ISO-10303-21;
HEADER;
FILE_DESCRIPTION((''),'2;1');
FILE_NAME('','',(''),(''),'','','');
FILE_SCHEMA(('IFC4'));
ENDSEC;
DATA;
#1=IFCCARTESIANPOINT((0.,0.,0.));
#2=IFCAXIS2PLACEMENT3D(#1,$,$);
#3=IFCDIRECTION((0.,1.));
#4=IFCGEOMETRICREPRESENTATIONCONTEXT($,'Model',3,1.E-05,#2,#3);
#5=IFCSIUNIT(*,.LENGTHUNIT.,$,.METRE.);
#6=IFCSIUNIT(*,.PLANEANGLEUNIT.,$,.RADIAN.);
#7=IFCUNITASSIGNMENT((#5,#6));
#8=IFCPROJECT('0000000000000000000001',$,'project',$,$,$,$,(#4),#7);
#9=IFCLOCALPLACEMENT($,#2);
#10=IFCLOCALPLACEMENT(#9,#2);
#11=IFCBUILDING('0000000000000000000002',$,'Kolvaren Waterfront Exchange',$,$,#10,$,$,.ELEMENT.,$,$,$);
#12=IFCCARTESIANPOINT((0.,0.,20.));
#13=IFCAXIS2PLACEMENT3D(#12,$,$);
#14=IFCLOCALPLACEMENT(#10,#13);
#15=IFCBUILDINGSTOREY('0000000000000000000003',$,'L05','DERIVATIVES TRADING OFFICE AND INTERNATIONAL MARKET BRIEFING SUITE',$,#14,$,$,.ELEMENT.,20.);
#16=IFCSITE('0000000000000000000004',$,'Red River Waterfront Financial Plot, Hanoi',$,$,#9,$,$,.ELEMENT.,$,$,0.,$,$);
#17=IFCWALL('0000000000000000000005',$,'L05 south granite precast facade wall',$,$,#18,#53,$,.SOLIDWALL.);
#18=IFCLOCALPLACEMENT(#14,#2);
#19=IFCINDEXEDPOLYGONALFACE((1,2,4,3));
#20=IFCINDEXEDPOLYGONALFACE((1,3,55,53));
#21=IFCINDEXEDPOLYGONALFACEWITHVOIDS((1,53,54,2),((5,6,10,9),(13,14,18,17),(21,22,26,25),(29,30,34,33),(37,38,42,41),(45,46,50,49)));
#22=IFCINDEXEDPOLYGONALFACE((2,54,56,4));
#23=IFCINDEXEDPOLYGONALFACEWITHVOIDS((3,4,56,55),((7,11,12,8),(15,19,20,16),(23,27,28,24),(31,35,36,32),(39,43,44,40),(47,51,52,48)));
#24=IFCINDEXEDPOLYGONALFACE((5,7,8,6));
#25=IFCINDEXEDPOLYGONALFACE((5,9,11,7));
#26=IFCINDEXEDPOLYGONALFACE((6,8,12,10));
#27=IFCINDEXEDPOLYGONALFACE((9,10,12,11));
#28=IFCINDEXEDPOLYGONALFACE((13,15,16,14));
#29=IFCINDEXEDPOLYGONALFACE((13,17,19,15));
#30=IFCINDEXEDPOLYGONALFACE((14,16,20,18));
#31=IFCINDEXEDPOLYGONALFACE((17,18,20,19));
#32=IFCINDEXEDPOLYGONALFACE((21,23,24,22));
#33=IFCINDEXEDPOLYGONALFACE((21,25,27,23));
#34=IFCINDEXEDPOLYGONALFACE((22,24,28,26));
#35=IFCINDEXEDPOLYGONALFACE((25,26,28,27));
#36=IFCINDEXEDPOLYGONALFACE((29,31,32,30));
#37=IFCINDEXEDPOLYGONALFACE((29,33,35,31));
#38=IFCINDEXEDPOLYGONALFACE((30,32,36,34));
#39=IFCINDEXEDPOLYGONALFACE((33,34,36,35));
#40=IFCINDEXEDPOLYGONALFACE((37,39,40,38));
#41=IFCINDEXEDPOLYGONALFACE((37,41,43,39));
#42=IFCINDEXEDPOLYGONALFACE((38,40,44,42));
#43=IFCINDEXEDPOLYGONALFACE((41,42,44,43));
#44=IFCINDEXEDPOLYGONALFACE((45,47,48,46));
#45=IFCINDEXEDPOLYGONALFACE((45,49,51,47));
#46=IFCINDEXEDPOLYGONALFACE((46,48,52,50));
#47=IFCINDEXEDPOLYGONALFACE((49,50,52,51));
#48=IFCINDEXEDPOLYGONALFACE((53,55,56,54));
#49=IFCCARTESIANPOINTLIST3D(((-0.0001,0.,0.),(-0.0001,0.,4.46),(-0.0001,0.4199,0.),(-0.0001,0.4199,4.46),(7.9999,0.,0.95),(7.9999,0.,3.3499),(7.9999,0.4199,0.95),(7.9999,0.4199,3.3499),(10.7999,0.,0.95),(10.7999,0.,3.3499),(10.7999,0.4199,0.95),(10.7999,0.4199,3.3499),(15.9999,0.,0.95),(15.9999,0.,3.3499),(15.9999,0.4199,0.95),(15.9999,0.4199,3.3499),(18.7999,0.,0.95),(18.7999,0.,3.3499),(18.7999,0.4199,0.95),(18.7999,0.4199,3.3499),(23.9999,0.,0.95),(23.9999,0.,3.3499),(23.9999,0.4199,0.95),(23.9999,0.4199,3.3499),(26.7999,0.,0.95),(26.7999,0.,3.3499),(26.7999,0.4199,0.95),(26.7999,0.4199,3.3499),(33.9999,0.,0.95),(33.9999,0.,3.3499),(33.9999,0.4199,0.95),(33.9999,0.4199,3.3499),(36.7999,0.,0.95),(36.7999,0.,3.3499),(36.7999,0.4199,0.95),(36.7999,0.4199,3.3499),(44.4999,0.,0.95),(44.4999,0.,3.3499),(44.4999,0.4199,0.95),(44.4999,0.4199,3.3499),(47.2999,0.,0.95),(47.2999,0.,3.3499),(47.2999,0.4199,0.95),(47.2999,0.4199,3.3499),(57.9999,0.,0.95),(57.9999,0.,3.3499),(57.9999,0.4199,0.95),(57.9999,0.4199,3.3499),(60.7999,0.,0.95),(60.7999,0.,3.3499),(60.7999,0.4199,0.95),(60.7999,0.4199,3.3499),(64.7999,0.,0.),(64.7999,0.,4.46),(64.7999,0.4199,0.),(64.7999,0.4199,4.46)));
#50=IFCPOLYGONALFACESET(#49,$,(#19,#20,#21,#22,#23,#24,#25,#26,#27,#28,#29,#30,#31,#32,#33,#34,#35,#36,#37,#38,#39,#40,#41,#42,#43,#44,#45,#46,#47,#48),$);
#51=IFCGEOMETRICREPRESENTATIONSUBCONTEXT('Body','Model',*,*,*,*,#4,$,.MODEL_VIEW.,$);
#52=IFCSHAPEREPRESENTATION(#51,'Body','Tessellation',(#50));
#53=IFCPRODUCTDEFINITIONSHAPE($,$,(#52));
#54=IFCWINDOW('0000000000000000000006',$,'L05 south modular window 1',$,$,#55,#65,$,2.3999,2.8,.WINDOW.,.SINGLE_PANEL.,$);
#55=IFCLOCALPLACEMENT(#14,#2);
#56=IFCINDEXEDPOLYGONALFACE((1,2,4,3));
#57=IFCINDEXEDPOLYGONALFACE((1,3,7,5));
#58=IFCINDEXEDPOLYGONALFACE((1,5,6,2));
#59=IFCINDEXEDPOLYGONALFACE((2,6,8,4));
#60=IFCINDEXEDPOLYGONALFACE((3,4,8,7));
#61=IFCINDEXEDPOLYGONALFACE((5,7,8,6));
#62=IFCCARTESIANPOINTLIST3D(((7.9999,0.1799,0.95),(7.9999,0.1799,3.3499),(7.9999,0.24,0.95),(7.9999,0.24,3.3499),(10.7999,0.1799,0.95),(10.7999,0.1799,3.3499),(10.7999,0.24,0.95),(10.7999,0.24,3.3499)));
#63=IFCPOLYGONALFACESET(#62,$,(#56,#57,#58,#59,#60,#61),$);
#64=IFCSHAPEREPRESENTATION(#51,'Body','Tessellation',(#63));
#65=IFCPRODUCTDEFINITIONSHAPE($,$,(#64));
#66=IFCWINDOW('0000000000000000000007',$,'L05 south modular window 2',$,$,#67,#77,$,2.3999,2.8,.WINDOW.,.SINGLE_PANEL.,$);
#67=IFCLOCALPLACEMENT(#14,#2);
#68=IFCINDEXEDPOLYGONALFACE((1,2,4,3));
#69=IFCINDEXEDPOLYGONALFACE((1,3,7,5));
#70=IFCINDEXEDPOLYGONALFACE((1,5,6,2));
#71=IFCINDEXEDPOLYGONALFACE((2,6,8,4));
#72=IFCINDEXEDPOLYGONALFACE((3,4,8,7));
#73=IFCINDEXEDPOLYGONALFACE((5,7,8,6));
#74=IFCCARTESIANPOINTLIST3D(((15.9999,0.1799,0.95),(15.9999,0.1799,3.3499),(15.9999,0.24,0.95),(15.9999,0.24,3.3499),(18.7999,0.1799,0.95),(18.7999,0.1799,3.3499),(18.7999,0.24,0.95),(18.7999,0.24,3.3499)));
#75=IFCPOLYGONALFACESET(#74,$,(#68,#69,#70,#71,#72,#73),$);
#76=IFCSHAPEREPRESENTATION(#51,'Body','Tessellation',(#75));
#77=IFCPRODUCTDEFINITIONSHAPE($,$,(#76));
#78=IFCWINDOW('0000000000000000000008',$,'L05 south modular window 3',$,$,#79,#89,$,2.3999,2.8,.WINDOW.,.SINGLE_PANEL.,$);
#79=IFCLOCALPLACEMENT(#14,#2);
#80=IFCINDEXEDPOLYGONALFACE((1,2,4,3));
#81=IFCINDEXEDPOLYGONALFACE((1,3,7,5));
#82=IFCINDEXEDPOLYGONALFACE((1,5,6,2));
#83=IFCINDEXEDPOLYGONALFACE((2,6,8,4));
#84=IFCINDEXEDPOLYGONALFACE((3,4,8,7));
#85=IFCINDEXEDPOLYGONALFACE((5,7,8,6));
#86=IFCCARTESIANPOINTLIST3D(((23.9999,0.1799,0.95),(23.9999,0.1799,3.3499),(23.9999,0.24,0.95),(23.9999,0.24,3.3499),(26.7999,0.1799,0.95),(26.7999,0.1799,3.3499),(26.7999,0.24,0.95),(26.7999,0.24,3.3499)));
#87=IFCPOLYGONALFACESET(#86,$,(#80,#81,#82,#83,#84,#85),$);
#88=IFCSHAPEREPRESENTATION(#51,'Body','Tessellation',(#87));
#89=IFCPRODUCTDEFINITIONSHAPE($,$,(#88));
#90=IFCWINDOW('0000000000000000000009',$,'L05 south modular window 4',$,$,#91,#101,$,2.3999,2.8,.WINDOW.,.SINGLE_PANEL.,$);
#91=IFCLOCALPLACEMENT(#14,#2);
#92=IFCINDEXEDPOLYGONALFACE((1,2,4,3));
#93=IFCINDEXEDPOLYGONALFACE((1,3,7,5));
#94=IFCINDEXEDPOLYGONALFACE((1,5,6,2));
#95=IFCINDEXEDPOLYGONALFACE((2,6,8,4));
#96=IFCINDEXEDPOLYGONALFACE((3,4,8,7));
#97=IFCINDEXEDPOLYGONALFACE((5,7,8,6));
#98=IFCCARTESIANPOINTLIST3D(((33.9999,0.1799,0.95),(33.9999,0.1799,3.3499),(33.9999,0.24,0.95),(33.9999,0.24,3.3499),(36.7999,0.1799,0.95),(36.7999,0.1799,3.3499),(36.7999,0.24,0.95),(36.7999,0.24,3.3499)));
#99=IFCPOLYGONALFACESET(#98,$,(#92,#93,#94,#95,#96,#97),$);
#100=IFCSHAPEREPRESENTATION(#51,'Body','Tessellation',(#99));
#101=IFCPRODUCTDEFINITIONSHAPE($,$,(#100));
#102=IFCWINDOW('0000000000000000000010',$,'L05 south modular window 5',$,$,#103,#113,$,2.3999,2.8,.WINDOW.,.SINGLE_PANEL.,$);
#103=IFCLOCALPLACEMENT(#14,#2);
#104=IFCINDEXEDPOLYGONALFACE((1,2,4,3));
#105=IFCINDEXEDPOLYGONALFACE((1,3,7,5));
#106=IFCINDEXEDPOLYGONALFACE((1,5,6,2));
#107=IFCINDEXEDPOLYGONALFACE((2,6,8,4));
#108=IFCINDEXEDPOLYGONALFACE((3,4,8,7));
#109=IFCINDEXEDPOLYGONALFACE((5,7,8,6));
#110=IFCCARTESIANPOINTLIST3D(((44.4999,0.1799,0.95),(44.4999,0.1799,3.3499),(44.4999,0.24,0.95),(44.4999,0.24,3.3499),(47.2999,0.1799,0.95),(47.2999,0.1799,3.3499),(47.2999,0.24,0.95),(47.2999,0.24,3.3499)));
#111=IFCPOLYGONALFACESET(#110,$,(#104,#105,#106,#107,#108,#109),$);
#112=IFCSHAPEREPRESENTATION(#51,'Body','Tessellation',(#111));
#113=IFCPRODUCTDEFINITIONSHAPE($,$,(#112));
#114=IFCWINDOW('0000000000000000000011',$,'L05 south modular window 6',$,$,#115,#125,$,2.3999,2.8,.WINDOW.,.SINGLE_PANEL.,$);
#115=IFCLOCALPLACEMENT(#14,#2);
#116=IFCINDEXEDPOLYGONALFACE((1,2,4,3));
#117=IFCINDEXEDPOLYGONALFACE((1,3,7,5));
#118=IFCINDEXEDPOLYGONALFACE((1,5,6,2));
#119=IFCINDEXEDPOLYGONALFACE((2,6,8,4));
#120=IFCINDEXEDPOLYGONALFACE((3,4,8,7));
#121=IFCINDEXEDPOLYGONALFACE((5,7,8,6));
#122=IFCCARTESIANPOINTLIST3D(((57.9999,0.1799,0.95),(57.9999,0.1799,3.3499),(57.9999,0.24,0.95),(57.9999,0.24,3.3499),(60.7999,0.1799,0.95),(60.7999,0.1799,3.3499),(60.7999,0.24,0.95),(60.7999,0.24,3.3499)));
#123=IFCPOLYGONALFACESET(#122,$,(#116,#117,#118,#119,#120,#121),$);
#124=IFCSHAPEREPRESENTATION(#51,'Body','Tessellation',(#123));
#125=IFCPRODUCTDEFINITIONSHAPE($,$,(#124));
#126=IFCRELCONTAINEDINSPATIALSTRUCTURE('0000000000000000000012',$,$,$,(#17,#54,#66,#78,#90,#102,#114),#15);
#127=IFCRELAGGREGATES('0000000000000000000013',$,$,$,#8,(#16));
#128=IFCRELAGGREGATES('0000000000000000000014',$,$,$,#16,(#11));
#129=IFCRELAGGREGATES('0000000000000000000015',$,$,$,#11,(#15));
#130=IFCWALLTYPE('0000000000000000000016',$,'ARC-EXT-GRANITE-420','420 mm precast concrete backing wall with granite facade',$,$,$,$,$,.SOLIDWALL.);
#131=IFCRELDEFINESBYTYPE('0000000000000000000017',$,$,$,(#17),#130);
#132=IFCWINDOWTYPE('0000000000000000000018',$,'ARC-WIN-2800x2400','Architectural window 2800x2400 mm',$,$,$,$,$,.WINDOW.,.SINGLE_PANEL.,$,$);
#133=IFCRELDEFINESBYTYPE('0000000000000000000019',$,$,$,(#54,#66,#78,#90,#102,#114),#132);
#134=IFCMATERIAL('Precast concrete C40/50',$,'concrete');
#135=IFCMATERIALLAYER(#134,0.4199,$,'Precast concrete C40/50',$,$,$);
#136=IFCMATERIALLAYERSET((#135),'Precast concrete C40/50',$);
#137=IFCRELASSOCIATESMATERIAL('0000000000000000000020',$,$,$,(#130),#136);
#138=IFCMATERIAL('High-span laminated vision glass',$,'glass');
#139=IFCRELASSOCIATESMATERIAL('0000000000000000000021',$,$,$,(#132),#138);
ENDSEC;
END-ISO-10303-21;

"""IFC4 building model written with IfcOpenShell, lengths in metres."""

from ifc_helpers import new_model, si_unit, direction, frame, frame_2d, origin, place, context, subcontext, project, spatial, rectangle, extrude, material, layer, layer_set, type_object, element, fill, save


model = new_model("IFC4")

# Units and contexts
model_context = context("Model", 3, precision=1e-05, world=origin(), true_north=direction((0.0, 1.0)))
body_context = subcontext(model_context, "Body", "Model", "MODEL_VIEW")
ifc_project = project(units=[si_unit("LENGTHUNIT", "METRE"), si_unit("PLANEANGLEUNIT", "RADIAN")], contexts=[model_context])

# Site, building, storey
site_placement = place(None, origin())
site = spatial("IfcSite", under=ifc_project, at=site_placement, Name="Red River Waterfront Financial Plot, Hanoi", CompositionType="ELEMENT", RefElevation=0.0)
building_placement = place(site_placement, origin())
building = spatial("IfcBuilding", under=site, at=building_placement, Name="Kolvaren Waterfront Exchange", CompositionType="ELEMENT")
storey_placement = place(building_placement, frame((0.0, 0.0, 20.0)))
storey = spatial("IfcBuildingStorey", under=building, at=storey_placement, Name="L05", Description="DERIVATIVES TRADING OFFICE AND INTERNATIONAL MARKET BRIEFING SUITE", CompositionType="ELEMENT", Elevation=20.0)

# Wall, openings, windows
ifc_material_1 = material(Name="Precast concrete C40/50", Category="concrete")
ifc_layer_1 = layer(ifc_material_1, 0.4199, Name="Precast concrete C40/50")
ifc_layer_set_1 = layer_set([ifc_layer_1], Name="Precast concrete C40/50")
wall_type_1 = type_object("IfcWallType", Name="ARC-EXT-GRANITE-420", Description="420 mm precast concrete backing wall with granite facade", PredefinedType="SOLIDWALL", material=ifc_layer_set_1)
wall_1_placement = place(storey_placement, frame((0.0, 0.21, 0.0), z_axis=(0.0, 0.0, 1.0), x_axis=(1.0, 0.0, 0.0)))
wall_1 = element("IfcWall", 1, at=wall_1_placement, inside=storey, type_object=wall_type_1, Name="L05 south granite precast facade wall", PredefinedType="SOLIDWALL", context=body_context, shape_type="SweptSolid", body=[
    extrude(rectangle(XDim=64.8, YDim=0.4199, at=frame_2d((32.3999, 0.0))), origin(), (0.0, 0.0, 1.0), 4.46),
])
opening_1_placement = place(wall_1_placement, frame((8.0, 0.0, 0.95)))
opening_1 = element("IfcOpeningElement", 2, at=opening_1_placement, cuts=wall_1, PredefinedType="OPENING", context=body_context, shape_type="SweptSolid", body=[
    extrude(rectangle(XDim=2.8, YDim=2.3999, at=frame_2d((1.3999, 1.2))), frame((0.0, 0.22, 0.0), z_axis=(0.0, -1.0, 0.0), x_axis=(1.0, 0.0, 0.0)), (0.0, 0.0, 1.0), 0.4399),
])
opening_2_placement = place(wall_1_placement, frame((16.0, 0.0, 0.95)))
opening_2 = element("IfcOpeningElement", 3, at=opening_2_placement, cuts=wall_1, PredefinedType="OPENING", context=body_context, shape_type="SweptSolid", body=[
    extrude(rectangle(XDim=2.8, YDim=2.3999, at=frame_2d((1.3999, 1.2))), frame((0.0, 0.22, 0.0), z_axis=(0.0, -1.0, 0.0), x_axis=(1.0, 0.0, 0.0)), (0.0, 0.0, 1.0), 0.4399),
])
opening_3_placement = place(wall_1_placement, frame((24.0, 0.0, 0.95)))
opening_3 = element("IfcOpeningElement", 4, at=opening_3_placement, cuts=wall_1, PredefinedType="OPENING", context=body_context, shape_type="SweptSolid", body=[
    extrude(rectangle(XDim=2.8, YDim=2.3999, at=frame_2d((1.3999, 1.2))), frame((0.0, 0.22, 0.0), z_axis=(0.0, -1.0, 0.0), x_axis=(1.0, 0.0, 0.0)), (0.0, 0.0, 1.0), 0.4399),
])
opening_4_placement = place(wall_1_placement, frame((34.0, 0.0, 0.95)))
opening_4 = element("IfcOpeningElement", 5, at=opening_4_placement, cuts=wall_1, PredefinedType="OPENING", context=body_context, shape_type="SweptSolid", body=[
    extrude(rectangle(XDim=2.8, YDim=2.3999, at=frame_2d((1.3999, 1.2))), frame((0.0, 0.22, 0.0), z_axis=(0.0, -1.0, 0.0), x_axis=(1.0, 0.0, 0.0)), (0.0, 0.0, 1.0), 0.4399),
])
opening_5_placement = place(wall_1_placement, frame((44.5, 0.0, 0.95)))
opening_5 = element("IfcOpeningElement", 6, at=opening_5_placement, cuts=wall_1, PredefinedType="OPENING", context=body_context, shape_type="SweptSolid", body=[
    extrude(rectangle(XDim=2.8, YDim=2.3999, at=frame_2d((1.3999, 1.2))), frame((0.0, 0.22, 0.0), z_axis=(0.0, -1.0, 0.0), x_axis=(1.0, 0.0, 0.0)), (0.0, 0.0, 1.0), 0.4399),
])
opening_6_placement = place(wall_1_placement, frame((58.0, 0.0, 0.95)))
opening_6 = element("IfcOpeningElement", 7, at=opening_6_placement, cuts=wall_1, PredefinedType="OPENING", context=body_context, shape_type="SweptSolid", body=[
    extrude(rectangle(XDim=2.8, YDim=2.3999, at=frame_2d((1.3999, 1.2))), frame((0.0, 0.22, 0.0), z_axis=(0.0, -1.0, 0.0), x_axis=(1.0, 0.0, 0.0)), (0.0, 0.0, 1.0), 0.4399),
])
ifc_material_2 = material(Name="High-span laminated vision glass", Category="glass")
window_type = type_object("IfcWindowType", Name="ARC-WIN-2800x2400", Description="Architectural window 2800x2400 mm", PartitioningType="SINGLE_PANEL", PredefinedType="WINDOW", material=ifc_material_2)
window_1_placement = place(opening_1_placement, origin())
window_1 = element("IfcWindow", 8, at=window_1_placement, inside=storey, type_object=window_type, Name="L05 south modular window 1", OverallHeight=2.3999, OverallWidth=2.8, PartitioningType="SINGLE_PANEL", PredefinedType="WINDOW", context=body_context, shape_type="SweptSolid", body=[
    extrude(rectangle(XDim=2.8, YDim=2.3999, at=frame_2d((1.3999, 1.2))), frame((0.0, 0.03, 0.0), z_axis=(0.0, -1.0, 0.0), x_axis=(1.0, 0.0, 0.0)), (0.0, 0.0, 1.0), 0.0601),
])
fill(opening_1, window_1)
window_2_placement = place(opening_2_placement, origin())
window_2 = element("IfcWindow", 9, at=window_2_placement, inside=storey, type_object=window_type, Name="L05 south modular window 2", OverallHeight=2.3999, OverallWidth=2.8, PartitioningType="SINGLE_PANEL", PredefinedType="WINDOW", context=body_context, shape_type="SweptSolid", body=[
    extrude(rectangle(XDim=2.8, YDim=2.3999, at=frame_2d((1.3999, 1.2))), frame((0.0, 0.03, 0.0), z_axis=(0.0, -1.0, 0.0), x_axis=(1.0, 0.0, 0.0)), (0.0, 0.0, 1.0), 0.0601),
])
fill(opening_2, window_2)
window_3_placement = place(opening_3_placement, origin())
window_3 = element("IfcWindow", 10, at=window_3_placement, inside=storey, type_object=window_type, Name="L05 south modular window 3", OverallHeight=2.3999, OverallWidth=2.8, PartitioningType="SINGLE_PANEL", PredefinedType="WINDOW", context=body_context, shape_type="SweptSolid", body=[
    extrude(rectangle(XDim=2.8, YDim=2.3999, at=frame_2d((1.3999, 1.2))), frame((0.0, 0.03, 0.0), z_axis=(0.0, -1.0, 0.0), x_axis=(1.0, 0.0, 0.0)), (0.0, 0.0, 1.0), 0.0601),
])
fill(opening_3, window_3)
window_4_placement = place(opening_4_placement, origin())
window_4 = element("IfcWindow", 11, at=window_4_placement, inside=storey, type_object=window_type, Name="L05 south modular window 4", OverallHeight=2.3999, OverallWidth=2.8, PartitioningType="SINGLE_PANEL", PredefinedType="WINDOW", context=body_context, shape_type="SweptSolid", body=[
    extrude(rectangle(XDim=2.8, YDim=2.3999, at=frame_2d((1.3999, 1.2))), frame((0.0, 0.03, 0.0), z_axis=(0.0, -1.0, 0.0), x_axis=(1.0, 0.0, 0.0)), (0.0, 0.0, 1.0), 0.0601),
])
fill(opening_4, window_4)
window_5_placement = place(opening_5_placement, origin())
window_5 = element("IfcWindow", 12, at=window_5_placement, inside=storey, type_object=window_type, Name="L05 south modular window 5", OverallHeight=2.3999, OverallWidth=2.8, PartitioningType="SINGLE_PANEL", PredefinedType="WINDOW", context=body_context, shape_type="SweptSolid", body=[
    extrude(rectangle(XDim=2.8, YDim=2.3999, at=frame_2d((1.3999, 1.2))), frame((0.0, 0.03, 0.0), z_axis=(0.0, -1.0, 0.0), x_axis=(1.0, 0.0, 0.0)), (0.0, 0.0, 1.0), 0.0601),
])
fill(opening_5, window_5)
window_6_placement = place(opening_6_placement, origin())
window_6 = element("IfcWindow", 13, at=window_6_placement, inside=storey, type_object=window_type, Name="L05 south modular window 6", OverallHeight=2.3999, OverallWidth=2.8, PartitioningType="SINGLE_PANEL", PredefinedType="WINDOW", context=body_context, shape_type="SweptSolid", body=[
    extrude(rectangle(XDim=2.8, YDim=2.3999, at=frame_2d((1.3999, 1.2))), frame((0.0, 0.03, 0.0), z_axis=(0.0, -1.0, 0.0), x_axis=(1.0, 0.0, 0.0)), (0.0, 0.0, 1.0), 0.0601),
])
fill(opening_6, window_6)

save(model, "model.ifc")
